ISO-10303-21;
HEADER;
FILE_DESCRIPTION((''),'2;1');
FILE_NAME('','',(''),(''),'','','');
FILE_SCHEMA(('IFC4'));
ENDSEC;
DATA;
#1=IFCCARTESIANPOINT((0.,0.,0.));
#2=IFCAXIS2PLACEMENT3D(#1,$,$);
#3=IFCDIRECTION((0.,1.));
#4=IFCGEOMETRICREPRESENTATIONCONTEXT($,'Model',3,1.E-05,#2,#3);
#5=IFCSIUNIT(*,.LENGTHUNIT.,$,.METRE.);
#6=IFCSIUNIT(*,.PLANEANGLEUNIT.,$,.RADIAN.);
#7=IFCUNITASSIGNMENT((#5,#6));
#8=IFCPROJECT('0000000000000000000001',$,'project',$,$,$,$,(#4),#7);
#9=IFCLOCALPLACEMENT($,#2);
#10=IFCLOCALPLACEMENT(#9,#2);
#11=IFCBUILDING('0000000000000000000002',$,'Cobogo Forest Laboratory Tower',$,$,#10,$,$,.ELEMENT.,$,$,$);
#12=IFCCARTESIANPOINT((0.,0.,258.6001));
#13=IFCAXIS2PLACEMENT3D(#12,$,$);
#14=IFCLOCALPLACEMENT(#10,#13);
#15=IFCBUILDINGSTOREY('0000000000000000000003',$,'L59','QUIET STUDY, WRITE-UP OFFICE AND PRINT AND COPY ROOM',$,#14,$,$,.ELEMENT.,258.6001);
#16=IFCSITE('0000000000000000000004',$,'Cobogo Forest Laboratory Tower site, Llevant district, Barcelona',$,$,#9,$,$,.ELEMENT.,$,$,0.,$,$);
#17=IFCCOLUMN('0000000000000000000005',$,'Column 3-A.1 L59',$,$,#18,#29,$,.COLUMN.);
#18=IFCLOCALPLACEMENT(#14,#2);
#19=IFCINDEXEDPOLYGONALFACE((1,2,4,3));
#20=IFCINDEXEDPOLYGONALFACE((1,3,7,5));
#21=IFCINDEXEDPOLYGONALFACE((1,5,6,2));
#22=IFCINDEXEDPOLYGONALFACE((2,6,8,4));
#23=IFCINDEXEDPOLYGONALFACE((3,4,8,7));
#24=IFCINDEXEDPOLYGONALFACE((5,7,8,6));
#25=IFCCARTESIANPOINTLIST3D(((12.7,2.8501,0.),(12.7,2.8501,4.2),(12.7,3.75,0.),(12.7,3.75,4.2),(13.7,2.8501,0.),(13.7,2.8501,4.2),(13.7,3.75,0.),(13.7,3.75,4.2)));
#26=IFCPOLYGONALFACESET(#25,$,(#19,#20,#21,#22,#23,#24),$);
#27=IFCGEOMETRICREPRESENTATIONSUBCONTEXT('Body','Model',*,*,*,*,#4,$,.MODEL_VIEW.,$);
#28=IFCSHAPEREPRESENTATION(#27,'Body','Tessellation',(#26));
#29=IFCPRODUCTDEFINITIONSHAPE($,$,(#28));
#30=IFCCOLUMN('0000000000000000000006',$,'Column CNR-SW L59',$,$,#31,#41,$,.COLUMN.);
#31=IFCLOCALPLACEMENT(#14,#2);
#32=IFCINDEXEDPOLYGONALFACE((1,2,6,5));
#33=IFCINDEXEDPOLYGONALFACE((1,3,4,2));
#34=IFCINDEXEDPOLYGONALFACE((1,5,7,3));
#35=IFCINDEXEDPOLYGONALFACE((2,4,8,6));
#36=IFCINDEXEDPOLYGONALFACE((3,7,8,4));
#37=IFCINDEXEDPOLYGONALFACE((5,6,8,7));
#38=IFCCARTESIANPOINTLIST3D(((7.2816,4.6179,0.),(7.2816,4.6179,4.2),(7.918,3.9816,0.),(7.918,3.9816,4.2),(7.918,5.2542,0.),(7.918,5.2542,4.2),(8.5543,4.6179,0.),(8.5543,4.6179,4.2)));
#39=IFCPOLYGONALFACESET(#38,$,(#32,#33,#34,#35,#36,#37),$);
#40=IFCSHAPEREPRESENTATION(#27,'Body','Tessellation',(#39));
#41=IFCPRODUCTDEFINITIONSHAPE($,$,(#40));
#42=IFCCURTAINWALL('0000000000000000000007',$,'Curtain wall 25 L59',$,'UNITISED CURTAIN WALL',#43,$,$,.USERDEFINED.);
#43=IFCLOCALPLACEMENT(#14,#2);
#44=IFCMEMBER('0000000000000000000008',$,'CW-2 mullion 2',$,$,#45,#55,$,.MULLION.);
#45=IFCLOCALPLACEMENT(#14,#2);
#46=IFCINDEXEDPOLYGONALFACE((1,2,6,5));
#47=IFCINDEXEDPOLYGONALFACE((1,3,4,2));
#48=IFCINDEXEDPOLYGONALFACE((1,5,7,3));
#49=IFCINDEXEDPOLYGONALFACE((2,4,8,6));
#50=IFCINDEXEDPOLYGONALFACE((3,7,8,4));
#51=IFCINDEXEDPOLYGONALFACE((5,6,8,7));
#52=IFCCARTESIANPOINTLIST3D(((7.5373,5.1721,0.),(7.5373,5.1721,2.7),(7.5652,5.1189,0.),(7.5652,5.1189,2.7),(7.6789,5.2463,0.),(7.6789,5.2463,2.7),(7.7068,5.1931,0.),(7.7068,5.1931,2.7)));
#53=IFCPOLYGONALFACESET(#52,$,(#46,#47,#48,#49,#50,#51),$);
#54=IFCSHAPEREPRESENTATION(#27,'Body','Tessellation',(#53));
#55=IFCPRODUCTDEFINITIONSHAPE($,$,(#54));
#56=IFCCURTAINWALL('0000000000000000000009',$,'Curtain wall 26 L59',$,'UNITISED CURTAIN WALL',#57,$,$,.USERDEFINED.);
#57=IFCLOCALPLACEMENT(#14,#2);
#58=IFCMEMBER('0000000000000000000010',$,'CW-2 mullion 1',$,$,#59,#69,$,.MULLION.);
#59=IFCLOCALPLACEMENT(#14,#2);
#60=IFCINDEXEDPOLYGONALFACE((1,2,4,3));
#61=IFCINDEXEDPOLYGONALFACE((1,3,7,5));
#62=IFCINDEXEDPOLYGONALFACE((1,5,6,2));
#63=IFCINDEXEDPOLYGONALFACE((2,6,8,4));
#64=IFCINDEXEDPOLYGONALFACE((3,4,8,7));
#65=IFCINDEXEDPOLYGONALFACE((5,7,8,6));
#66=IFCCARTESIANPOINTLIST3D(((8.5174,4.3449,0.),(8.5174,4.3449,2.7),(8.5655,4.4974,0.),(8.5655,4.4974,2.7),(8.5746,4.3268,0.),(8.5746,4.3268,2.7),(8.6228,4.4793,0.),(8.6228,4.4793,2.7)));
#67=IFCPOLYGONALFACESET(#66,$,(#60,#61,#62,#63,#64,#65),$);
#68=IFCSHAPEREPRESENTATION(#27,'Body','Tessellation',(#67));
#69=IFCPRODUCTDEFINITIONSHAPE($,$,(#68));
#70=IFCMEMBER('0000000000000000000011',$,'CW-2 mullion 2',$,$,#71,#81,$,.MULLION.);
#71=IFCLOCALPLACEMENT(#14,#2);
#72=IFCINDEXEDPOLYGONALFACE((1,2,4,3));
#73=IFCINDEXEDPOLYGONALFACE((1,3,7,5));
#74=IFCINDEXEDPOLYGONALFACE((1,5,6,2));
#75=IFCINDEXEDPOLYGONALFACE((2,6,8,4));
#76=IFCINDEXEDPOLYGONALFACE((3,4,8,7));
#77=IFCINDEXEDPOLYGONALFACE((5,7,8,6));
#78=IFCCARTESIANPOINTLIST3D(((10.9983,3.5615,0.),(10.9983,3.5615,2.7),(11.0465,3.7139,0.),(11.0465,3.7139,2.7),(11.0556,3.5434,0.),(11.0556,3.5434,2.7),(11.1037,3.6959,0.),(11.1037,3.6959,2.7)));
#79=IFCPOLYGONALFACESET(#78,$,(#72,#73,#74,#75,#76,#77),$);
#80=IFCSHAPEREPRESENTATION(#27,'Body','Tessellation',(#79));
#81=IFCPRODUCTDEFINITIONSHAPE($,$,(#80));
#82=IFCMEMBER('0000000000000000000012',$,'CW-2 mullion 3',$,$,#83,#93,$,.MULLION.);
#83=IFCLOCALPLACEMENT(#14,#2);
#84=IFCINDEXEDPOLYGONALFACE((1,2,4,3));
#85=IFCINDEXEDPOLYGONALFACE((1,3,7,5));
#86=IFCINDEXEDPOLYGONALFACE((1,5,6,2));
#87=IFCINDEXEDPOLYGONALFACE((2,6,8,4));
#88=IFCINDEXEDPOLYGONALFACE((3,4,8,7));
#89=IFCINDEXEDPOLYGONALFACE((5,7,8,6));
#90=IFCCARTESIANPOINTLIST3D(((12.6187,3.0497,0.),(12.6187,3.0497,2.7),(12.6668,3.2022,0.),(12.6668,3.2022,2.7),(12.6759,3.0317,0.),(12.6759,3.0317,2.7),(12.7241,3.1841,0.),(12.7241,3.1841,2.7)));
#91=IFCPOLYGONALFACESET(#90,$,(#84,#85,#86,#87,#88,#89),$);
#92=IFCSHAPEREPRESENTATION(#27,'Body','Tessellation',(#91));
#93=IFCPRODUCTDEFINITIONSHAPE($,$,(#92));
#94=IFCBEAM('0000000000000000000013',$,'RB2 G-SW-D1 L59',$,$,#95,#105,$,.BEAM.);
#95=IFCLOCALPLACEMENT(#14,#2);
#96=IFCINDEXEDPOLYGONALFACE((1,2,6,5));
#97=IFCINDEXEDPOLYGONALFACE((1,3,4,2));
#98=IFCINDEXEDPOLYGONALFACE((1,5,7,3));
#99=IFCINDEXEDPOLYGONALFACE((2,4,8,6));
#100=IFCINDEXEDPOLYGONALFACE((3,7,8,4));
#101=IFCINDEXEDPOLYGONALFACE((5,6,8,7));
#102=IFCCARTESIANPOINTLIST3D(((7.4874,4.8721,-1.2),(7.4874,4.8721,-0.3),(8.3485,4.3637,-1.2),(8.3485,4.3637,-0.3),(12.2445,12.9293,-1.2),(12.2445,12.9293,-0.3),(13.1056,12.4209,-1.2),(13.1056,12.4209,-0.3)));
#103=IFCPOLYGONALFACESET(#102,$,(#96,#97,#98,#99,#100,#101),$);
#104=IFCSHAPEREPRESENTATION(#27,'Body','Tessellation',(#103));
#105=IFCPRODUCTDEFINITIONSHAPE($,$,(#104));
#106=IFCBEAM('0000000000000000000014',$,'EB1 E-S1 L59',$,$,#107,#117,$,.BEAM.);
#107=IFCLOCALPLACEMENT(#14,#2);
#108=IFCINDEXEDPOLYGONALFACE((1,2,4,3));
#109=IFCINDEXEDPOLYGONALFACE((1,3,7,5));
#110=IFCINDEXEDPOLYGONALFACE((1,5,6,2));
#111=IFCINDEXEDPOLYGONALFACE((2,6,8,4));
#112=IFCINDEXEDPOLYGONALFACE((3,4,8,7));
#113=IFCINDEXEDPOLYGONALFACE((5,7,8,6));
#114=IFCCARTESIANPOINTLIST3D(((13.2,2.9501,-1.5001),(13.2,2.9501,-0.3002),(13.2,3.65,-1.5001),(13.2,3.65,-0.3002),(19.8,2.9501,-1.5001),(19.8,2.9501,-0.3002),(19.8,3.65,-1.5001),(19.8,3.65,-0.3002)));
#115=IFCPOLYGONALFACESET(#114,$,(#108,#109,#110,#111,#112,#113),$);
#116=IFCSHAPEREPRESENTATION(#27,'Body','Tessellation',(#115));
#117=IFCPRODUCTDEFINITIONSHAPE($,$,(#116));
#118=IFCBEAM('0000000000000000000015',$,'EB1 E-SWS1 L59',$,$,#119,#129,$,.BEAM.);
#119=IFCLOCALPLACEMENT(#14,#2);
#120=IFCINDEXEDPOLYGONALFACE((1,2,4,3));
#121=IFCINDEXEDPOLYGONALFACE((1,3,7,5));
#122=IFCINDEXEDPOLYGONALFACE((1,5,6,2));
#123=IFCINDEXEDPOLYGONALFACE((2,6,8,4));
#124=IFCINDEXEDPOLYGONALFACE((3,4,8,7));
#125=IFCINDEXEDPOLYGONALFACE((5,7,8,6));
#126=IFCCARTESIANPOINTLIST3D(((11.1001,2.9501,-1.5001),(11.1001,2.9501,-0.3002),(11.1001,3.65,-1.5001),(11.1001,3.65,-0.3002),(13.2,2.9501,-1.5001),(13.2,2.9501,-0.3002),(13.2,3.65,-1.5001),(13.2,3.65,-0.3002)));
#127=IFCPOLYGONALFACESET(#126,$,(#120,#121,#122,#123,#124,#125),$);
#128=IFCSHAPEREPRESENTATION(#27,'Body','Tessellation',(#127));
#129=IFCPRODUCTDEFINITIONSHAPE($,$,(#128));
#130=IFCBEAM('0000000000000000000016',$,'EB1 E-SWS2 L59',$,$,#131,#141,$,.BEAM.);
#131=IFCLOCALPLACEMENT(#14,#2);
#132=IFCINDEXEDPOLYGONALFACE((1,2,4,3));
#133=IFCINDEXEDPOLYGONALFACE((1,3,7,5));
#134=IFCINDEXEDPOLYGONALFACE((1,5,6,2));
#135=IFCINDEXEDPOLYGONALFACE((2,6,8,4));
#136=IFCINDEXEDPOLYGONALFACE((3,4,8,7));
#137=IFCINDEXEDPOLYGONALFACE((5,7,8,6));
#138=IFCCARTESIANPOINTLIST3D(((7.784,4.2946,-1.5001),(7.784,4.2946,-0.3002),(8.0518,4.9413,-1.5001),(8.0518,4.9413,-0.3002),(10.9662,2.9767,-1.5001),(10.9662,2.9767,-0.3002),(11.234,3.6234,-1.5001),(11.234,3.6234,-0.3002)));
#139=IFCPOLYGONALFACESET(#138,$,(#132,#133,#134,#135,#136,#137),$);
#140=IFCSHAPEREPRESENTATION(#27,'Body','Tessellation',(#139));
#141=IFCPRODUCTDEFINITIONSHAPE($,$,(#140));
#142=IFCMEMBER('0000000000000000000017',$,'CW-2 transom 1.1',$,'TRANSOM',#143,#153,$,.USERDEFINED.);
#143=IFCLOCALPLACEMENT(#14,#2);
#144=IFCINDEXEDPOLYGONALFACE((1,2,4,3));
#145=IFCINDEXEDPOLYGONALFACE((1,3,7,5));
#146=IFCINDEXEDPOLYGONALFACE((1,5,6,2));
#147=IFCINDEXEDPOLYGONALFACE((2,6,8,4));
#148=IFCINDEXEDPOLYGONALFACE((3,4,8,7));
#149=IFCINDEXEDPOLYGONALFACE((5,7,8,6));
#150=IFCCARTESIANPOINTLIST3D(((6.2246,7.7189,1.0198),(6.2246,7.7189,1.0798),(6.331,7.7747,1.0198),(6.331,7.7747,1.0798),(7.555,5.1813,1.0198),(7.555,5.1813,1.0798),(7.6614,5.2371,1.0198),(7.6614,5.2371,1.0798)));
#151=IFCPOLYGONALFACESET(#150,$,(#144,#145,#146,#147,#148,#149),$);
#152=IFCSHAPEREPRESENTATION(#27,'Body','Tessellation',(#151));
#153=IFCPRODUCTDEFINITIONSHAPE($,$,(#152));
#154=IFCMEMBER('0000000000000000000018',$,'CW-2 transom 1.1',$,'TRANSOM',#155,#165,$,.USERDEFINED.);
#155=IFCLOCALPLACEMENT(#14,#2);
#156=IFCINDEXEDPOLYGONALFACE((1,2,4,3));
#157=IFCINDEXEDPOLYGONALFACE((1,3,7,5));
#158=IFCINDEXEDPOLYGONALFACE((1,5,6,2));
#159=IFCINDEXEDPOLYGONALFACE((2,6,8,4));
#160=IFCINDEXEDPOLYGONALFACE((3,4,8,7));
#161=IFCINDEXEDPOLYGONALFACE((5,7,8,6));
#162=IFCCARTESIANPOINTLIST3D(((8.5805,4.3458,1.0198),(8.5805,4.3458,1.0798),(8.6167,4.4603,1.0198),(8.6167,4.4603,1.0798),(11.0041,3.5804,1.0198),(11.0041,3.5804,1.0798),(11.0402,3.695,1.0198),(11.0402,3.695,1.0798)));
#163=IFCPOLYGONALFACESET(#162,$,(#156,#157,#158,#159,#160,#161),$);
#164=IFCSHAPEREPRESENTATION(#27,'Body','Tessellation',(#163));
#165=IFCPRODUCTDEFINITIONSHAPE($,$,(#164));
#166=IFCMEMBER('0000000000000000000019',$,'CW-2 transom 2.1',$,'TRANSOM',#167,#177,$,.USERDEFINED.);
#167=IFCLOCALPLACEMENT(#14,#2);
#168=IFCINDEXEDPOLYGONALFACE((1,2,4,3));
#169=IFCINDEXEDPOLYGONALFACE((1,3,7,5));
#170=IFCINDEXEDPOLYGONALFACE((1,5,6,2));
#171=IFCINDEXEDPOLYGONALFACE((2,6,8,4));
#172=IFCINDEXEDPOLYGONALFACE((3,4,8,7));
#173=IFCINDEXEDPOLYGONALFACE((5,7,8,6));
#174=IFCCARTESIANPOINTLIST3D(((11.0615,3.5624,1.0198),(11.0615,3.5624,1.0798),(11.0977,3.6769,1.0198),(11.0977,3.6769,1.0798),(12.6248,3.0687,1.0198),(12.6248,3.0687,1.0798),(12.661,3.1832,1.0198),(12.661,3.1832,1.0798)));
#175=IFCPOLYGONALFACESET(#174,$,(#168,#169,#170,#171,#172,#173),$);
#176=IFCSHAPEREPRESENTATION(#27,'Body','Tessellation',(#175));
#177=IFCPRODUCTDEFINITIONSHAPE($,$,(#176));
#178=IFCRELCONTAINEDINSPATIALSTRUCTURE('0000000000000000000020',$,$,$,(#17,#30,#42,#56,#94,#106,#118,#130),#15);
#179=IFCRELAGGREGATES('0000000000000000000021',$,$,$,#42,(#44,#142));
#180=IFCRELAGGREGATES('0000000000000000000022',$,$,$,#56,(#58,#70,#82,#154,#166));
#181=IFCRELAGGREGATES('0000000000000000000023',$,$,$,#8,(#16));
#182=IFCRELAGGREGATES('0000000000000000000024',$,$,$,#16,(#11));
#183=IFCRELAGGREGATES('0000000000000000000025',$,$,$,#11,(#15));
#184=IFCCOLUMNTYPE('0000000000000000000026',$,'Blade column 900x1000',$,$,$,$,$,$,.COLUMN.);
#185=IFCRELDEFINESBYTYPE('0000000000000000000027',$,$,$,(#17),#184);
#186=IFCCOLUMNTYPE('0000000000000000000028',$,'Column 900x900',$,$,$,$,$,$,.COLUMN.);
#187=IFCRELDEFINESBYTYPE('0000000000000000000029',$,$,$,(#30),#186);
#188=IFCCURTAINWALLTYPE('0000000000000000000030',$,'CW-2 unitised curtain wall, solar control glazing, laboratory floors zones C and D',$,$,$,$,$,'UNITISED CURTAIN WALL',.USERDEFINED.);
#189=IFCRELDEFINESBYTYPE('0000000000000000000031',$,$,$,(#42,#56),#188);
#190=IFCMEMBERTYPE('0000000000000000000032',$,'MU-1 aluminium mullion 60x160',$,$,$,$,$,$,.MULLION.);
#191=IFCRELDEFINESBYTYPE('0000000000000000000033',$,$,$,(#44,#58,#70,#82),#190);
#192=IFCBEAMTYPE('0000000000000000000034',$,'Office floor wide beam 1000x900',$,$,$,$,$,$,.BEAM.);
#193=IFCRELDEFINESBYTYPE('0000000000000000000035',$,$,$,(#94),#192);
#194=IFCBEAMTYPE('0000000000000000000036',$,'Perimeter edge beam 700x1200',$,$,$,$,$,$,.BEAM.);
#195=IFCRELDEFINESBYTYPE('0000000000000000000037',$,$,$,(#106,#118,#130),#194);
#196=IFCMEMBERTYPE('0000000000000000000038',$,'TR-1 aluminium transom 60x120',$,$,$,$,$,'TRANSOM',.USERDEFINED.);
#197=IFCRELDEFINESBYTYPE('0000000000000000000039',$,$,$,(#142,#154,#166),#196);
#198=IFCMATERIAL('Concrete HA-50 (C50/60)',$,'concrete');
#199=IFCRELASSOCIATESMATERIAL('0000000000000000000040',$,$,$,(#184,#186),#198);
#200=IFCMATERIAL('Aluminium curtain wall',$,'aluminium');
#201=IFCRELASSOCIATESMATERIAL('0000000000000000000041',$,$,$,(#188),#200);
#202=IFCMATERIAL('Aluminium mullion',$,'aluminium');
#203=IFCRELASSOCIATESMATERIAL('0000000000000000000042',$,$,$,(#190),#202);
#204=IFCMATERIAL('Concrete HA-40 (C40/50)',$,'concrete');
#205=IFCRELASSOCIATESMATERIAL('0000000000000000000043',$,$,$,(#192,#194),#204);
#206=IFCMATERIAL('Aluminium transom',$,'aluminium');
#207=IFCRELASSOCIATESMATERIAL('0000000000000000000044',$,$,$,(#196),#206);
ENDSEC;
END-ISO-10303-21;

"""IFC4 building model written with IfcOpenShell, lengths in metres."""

from ifc_helpers import new_model, si_unit, direction, frame, origin, origin_2d, place, context, subcontext, project, spatial, rectangle, extrude, material, material_profile, profile_set, type_object, element, aggregate, save


model = new_model("IFC4")

# Units and contexts
model_context = context("Model", 3, precision=1e-05, world=origin(), true_north=direction((0.0, 1.0)))
body_context = subcontext(model_context, "Body", "Model", "MODEL_VIEW")
ifc_project = project(units=[si_unit("LENGTHUNIT", "METRE"), si_unit("PLANEANGLEUNIT", "RADIAN")], contexts=[model_context])

# Site, building, storey
site_placement = place(None, origin())
site = spatial("IfcSite", under=ifc_project, at=site_placement, Name="Cobogo Forest Laboratory Tower site, Llevant district, Barcelona", CompositionType="ELEMENT", RefElevation=0.0)
building_placement = place(site_placement, origin())
building = spatial("IfcBuilding", under=site, at=building_placement, Name="Cobogo Forest Laboratory Tower", CompositionType="ELEMENT")
storey_placement = place(building_placement, frame((0.0, 0.0, 258.6001)))
storey = spatial("IfcBuildingStorey", under=building, at=storey_placement, Name="L59", Description="QUIET STUDY, WRITE-UP OFFICE AND PRINT AND COPY ROOM", CompositionType="ELEMENT", Elevation=258.6001)

# Columns
ifc_material_1 = material(Name="Concrete HA-50 (C50/60)", Category="concrete")
ifc_material_profile_1 = material_profile(ifc_material_1, rectangle(XDim=1.0, YDim=0.8999, at=origin_2d()), Name="RC 900x1000")
ifc_profile_set_1 = profile_set([ifc_material_profile_1], Name="Concrete HA-50 (C50/60)")
column_type_1 = type_object("IfcColumnType", Name="Blade column 900x1000", PredefinedType="COLUMN", material=ifc_profile_set_1)
column_1_placement = place(storey_placement, frame((13.2, 3.3, 0.0), z_axis=(0.0, 0.0, 1.0), x_axis=(1.0, 0.0, 0.0)))
element("IfcColumn", 1, at=column_1_placement, inside=storey, type_object=column_type_1, Name="Column 3-A.1 L59", PredefinedType="COLUMN", context=body_context, shape_type="SweptSolid", body=[
    extrude(rectangle(XDim=1.0, YDim=0.8999, at=origin_2d()), origin(), (0.0, 0.0, 1.0), 4.2),
])
ifc_material_profile_2 = material_profile(ifc_material_1, rectangle(XDim=0.8999, YDim=0.8999, at=origin_2d()), Name="RC 900x900")
ifc_profile_set_2 = profile_set([ifc_material_profile_2], Name="Concrete HA-50 (C50/60)")
column_type_2 = type_object("IfcColumnType", Name="Column 900x900", PredefinedType="COLUMN", material=ifc_profile_set_2)
column_2_placement = place(storey_placement, frame((7.918, 4.6179, 0.0), z_axis=(0.0, 0.0, 1.0), x_axis=(0.707107, 0.707107, 0.0)))
element("IfcColumn", 2, at=column_2_placement, inside=storey, type_object=column_type_2, Name="Column CNR-SW L59", PredefinedType="COLUMN", context=body_context, shape_type="SweptSolid", body=[
    extrude(rectangle(XDim=0.8999, YDim=0.8999, at=origin_2d()), origin(), (0.0, 0.0, 1.0), 4.2),
])

# Curtain wall, member
ifc_material_2 = material(Name="Aluminium curtain wall", Category="aluminium")
curtain_wall_type = type_object("IfcCurtainWallType", Name="CW-2 unitised curtain wall, solar control glazing, laboratory floors zones C and D", ElementType="UNITISED CURTAIN WALL", PredefinedType="USERDEFINED", material=ifc_material_2)
curtain_wall_1_placement = place(storey_placement, origin())
curtain_wall_1 = element("IfcCurtainWall", 3, at=curtain_wall_1_placement, inside=storey, type_object=curtain_wall_type, Name="Curtain wall 25 L59", ObjectType="UNITISED CURTAIN WALL", PredefinedType="USERDEFINED")
ifc_material_3 = material(Name="Aluminium mullion", Category="aluminium")
ifc_material_profile_3 = material_profile(ifc_material_3, rectangle(XDim=0.0601, YDim=0.1599, at=origin_2d()), Name="AL 60x160")
ifc_profile_set_3 = profile_set([ifc_material_profile_3], Name="Aluminium mullion")
member_type_1 = type_object("IfcMemberType", Name="MU-1 aluminium mullion 60x160", PredefinedType="MULLION", material=ifc_profile_set_3)
member_1_placement = place(storey_placement, frame((7.6221, 5.1826, 0.0), z_axis=(0.0, 0.0, 1.0), x_axis=(0.464284, -0.885686, 0.0)))
member_1 = element("IfcMember", 4, at=member_1_placement, type_object=member_type_1, Name="CW-2 mullion 2", PredefinedType="MULLION", context=body_context, shape_type="SweptSolid", body=[
    extrude(rectangle(XDim=0.0601, YDim=0.1599, at=origin_2d()), origin(), (0.0, 0.0, 1.0), 2.7),
])

# Curtain wall, members
curtain_wall_2_placement = place(storey_placement, origin())
curtain_wall_2 = element("IfcCurtainWall", 5, at=curtain_wall_2_placement, inside=storey, type_object=curtain_wall_type, Name="Curtain wall 26 L59", ObjectType="UNITISED CURTAIN WALL", PredefinedType="USERDEFINED")
member_2_placement = place(storey_placement, frame((8.5701, 4.4121, 0.0), z_axis=(0.0, 0.0, 1.0), x_axis=(0.953581, -0.301135, 0.0)))
member_2 = element("IfcMember", 6, at=member_2_placement, type_object=member_type_1, Name="CW-2 mullion 1", PredefinedType="MULLION", context=body_context, shape_type="SweptSolid", body=[
    extrude(rectangle(XDim=0.0601, YDim=0.1599, at=origin_2d()), origin(), (0.0, 0.0, 1.0), 2.7),
])
member_3_placement = place(storey_placement, frame((11.051, 3.6287, 0.0), z_axis=(0.0, 0.0, 1.0), x_axis=(0.953581, -0.301135, 0.0)))
member_3 = element("IfcMember", 7, at=member_3_placement, type_object=member_type_1, Name="CW-2 mullion 2", PredefinedType="MULLION", context=body_context, shape_type="SweptSolid", body=[
    extrude(rectangle(XDim=0.0601, YDim=0.1599, at=origin_2d()), origin(), (0.0, 0.0, 1.0), 2.7),
])
member_4_placement = place(storey_placement, frame((12.6714, 3.1169, 0.0), z_axis=(0.0, 0.0, 1.0), x_axis=(0.953581, -0.301135, 0.0)))
member_4 = element("IfcMember", 8, at=member_4_placement, type_object=member_type_1, Name="CW-2 mullion 3", PredefinedType="MULLION", context=body_context, shape_type="SweptSolid", body=[
    extrude(rectangle(XDim=0.0601, YDim=0.1599, at=origin_2d()), origin(), (0.0, 0.0, 1.0), 2.7),
])

# Beams
ifc_material_4 = material(Name="Concrete HA-40 (C40/50)", Category="concrete")
ifc_material_profile_4 = material_profile(ifc_material_4, rectangle(XDim=1.0, YDim=0.8999, at=origin_2d()), Name="RC 1000x900")
ifc_profile_set_4 = profile_set([ifc_material_profile_4], Name="Concrete HA-40 (C40/50)")
beam_type_1 = type_object("IfcBeamType", Name="Office floor wide beam 1000x900", PredefinedType="BEAM", material=ifc_profile_set_4)
beam_1_placement = place(storey_placement, frame((7.918, 4.6179, -0.75), z_axis=(0.508416, 0.861111, 0.0), x_axis=(-0.861111, 0.508416, 0.0)))
element("IfcBeam", 9, at=beam_1_placement, inside=storey, type_object=beam_type_1, Name="RB2 G-SW-D1 L59", PredefinedType="BEAM", context=body_context, shape_type="SweptSolid", body=[
    extrude(rectangle(XDim=1.0, YDim=0.8999, at=origin_2d()), origin(), (0.0, 0.0, 1.0), 9.3567),
])
ifc_material_profile_5 = material_profile(ifc_material_4, rectangle(XDim=0.7, YDim=1.2, at=origin_2d()), Name="RC 700x1200")
ifc_profile_set_5 = profile_set([ifc_material_profile_5], Name="Concrete HA-40 (C40/50)")
beam_type_2 = type_object("IfcBeamType", Name="Perimeter edge beam 700x1200", PredefinedType="BEAM", material=ifc_profile_set_5)
beam_2_placement = place(storey_placement, frame((13.2, 3.3, -0.9001), z_axis=(1.0, 0.0, 0.0), x_axis=(0.0, 1.0, 0.0)))
element("IfcBeam", 10, at=beam_2_placement, inside=storey, type_object=beam_type_2, Name="EB1 E-S1 L59", PredefinedType="BEAM", context=body_context, shape_type="SweptSolid", body=[
    extrude(rectangle(XDim=0.7, YDim=1.2, at=origin_2d()), origin(), (0.0, 0.0, 1.0), 6.6001),
])
beam_3_placement = place(storey_placement, frame((13.2, 3.3, -0.9001), z_axis=(-1.0, 0.0, 0.0), x_axis=(0.0, -1.0, 0.0)))
element("IfcBeam", 11, at=beam_3_placement, inside=storey, type_object=beam_type_2, Name="EB1 E-SWS1 L59", PredefinedType="BEAM", context=body_context, shape_type="SweptSolid", body=[
    extrude(rectangle(XDim=0.7, YDim=1.2, at=origin_2d()), origin(), (0.0, 0.0, 1.0), 2.0999),
])
beam_4_placement = place(storey_placement, frame((11.1001, 3.3, -0.9001), z_axis=(-0.923901, 0.382631, 0.0), x_axis=(-0.382631, -0.923901, 0.0)))
element("IfcBeam", 12, at=beam_4_placement, inside=storey, type_object=beam_type_2, Name="EB1 E-SWS2 L59", PredefinedType="BEAM", context=body_context, shape_type="SweptSolid", body=[
    extrude(rectangle(XDim=0.7, YDim=1.2, at=origin_2d()), origin(), (0.0, 0.0, 1.0), 3.4443),
])

# Members
ifc_material_5 = material(Name="Aluminium transom", Category="aluminium")
ifc_material_profile_6 = material_profile(ifc_material_5, rectangle(XDim=0.1201, YDim=0.0601, at=origin_2d()), Name="AL 60x120")
ifc_profile_set_6 = profile_set([ifc_material_profile_6], Name="Aluminium transom")
member_type_2 = type_object("IfcMemberType", Name="TR-1 aluminium transom 60x120", ElementType="TRANSOM", PredefinedType="USERDEFINED", material=ifc_profile_set_6)
member_5_placement = place(storey_placement, frame((6.2778, 7.7468, 1.0498), z_axis=(0.464309, -0.885673, 0.0), x_axis=(0.885673, 0.464309, 0.0)))
member_5 = element("IfcMember", 13, at=member_5_placement, type_object=member_type_2, Name="CW-2 transom 1.1", ObjectType="TRANSOM", PredefinedType="USERDEFINED", context=body_context, shape_type="SweptSolid", body=[
    extrude(rectangle(XDim=0.1201, YDim=0.0601, at=origin_2d()), origin(), (0.0, 0.0, 1.0), 2.8652),
])
member_6_placement = place(storey_placement, frame((8.5986, 4.4031, 1.0498), z_axis=(0.953578, -0.301145, 0.0), x_axis=(0.301145, 0.953578, 0.0)))
member_6 = element("IfcMember", 14, at=member_6_placement, type_object=member_type_2, Name="CW-2 transom 1.1", ObjectType="TRANSOM", PredefinedType="USERDEFINED", context=body_context, shape_type="SweptSolid", body=[
    extrude(rectangle(XDim=0.1201, YDim=0.0601, at=origin_2d()), origin(), (0.0, 0.0, 1.0), 2.5415),
])
member_7_placement = place(storey_placement, frame((11.0796, 3.6196, 1.0498), z_axis=(0.953583, -0.301131, 0.0), x_axis=(0.301131, 0.953583, 0.0)))
member_7 = element("IfcMember", 15, at=member_7_placement, type_object=member_type_2, Name="CW-2 transom 2.1", ObjectType="TRANSOM", PredefinedType="USERDEFINED", context=body_context, shape_type="SweptSolid", body=[
    extrude(rectangle(XDim=0.1201, YDim=0.0601, at=origin_2d()), origin(), (0.0, 0.0, 1.0), 1.6394),
])

aggregate(curtain_wall_1, [member_1, member_5])
aggregate(curtain_wall_2, [member_2, member_3, member_4, member_6, member_7])

save(model, "model.ifc")
